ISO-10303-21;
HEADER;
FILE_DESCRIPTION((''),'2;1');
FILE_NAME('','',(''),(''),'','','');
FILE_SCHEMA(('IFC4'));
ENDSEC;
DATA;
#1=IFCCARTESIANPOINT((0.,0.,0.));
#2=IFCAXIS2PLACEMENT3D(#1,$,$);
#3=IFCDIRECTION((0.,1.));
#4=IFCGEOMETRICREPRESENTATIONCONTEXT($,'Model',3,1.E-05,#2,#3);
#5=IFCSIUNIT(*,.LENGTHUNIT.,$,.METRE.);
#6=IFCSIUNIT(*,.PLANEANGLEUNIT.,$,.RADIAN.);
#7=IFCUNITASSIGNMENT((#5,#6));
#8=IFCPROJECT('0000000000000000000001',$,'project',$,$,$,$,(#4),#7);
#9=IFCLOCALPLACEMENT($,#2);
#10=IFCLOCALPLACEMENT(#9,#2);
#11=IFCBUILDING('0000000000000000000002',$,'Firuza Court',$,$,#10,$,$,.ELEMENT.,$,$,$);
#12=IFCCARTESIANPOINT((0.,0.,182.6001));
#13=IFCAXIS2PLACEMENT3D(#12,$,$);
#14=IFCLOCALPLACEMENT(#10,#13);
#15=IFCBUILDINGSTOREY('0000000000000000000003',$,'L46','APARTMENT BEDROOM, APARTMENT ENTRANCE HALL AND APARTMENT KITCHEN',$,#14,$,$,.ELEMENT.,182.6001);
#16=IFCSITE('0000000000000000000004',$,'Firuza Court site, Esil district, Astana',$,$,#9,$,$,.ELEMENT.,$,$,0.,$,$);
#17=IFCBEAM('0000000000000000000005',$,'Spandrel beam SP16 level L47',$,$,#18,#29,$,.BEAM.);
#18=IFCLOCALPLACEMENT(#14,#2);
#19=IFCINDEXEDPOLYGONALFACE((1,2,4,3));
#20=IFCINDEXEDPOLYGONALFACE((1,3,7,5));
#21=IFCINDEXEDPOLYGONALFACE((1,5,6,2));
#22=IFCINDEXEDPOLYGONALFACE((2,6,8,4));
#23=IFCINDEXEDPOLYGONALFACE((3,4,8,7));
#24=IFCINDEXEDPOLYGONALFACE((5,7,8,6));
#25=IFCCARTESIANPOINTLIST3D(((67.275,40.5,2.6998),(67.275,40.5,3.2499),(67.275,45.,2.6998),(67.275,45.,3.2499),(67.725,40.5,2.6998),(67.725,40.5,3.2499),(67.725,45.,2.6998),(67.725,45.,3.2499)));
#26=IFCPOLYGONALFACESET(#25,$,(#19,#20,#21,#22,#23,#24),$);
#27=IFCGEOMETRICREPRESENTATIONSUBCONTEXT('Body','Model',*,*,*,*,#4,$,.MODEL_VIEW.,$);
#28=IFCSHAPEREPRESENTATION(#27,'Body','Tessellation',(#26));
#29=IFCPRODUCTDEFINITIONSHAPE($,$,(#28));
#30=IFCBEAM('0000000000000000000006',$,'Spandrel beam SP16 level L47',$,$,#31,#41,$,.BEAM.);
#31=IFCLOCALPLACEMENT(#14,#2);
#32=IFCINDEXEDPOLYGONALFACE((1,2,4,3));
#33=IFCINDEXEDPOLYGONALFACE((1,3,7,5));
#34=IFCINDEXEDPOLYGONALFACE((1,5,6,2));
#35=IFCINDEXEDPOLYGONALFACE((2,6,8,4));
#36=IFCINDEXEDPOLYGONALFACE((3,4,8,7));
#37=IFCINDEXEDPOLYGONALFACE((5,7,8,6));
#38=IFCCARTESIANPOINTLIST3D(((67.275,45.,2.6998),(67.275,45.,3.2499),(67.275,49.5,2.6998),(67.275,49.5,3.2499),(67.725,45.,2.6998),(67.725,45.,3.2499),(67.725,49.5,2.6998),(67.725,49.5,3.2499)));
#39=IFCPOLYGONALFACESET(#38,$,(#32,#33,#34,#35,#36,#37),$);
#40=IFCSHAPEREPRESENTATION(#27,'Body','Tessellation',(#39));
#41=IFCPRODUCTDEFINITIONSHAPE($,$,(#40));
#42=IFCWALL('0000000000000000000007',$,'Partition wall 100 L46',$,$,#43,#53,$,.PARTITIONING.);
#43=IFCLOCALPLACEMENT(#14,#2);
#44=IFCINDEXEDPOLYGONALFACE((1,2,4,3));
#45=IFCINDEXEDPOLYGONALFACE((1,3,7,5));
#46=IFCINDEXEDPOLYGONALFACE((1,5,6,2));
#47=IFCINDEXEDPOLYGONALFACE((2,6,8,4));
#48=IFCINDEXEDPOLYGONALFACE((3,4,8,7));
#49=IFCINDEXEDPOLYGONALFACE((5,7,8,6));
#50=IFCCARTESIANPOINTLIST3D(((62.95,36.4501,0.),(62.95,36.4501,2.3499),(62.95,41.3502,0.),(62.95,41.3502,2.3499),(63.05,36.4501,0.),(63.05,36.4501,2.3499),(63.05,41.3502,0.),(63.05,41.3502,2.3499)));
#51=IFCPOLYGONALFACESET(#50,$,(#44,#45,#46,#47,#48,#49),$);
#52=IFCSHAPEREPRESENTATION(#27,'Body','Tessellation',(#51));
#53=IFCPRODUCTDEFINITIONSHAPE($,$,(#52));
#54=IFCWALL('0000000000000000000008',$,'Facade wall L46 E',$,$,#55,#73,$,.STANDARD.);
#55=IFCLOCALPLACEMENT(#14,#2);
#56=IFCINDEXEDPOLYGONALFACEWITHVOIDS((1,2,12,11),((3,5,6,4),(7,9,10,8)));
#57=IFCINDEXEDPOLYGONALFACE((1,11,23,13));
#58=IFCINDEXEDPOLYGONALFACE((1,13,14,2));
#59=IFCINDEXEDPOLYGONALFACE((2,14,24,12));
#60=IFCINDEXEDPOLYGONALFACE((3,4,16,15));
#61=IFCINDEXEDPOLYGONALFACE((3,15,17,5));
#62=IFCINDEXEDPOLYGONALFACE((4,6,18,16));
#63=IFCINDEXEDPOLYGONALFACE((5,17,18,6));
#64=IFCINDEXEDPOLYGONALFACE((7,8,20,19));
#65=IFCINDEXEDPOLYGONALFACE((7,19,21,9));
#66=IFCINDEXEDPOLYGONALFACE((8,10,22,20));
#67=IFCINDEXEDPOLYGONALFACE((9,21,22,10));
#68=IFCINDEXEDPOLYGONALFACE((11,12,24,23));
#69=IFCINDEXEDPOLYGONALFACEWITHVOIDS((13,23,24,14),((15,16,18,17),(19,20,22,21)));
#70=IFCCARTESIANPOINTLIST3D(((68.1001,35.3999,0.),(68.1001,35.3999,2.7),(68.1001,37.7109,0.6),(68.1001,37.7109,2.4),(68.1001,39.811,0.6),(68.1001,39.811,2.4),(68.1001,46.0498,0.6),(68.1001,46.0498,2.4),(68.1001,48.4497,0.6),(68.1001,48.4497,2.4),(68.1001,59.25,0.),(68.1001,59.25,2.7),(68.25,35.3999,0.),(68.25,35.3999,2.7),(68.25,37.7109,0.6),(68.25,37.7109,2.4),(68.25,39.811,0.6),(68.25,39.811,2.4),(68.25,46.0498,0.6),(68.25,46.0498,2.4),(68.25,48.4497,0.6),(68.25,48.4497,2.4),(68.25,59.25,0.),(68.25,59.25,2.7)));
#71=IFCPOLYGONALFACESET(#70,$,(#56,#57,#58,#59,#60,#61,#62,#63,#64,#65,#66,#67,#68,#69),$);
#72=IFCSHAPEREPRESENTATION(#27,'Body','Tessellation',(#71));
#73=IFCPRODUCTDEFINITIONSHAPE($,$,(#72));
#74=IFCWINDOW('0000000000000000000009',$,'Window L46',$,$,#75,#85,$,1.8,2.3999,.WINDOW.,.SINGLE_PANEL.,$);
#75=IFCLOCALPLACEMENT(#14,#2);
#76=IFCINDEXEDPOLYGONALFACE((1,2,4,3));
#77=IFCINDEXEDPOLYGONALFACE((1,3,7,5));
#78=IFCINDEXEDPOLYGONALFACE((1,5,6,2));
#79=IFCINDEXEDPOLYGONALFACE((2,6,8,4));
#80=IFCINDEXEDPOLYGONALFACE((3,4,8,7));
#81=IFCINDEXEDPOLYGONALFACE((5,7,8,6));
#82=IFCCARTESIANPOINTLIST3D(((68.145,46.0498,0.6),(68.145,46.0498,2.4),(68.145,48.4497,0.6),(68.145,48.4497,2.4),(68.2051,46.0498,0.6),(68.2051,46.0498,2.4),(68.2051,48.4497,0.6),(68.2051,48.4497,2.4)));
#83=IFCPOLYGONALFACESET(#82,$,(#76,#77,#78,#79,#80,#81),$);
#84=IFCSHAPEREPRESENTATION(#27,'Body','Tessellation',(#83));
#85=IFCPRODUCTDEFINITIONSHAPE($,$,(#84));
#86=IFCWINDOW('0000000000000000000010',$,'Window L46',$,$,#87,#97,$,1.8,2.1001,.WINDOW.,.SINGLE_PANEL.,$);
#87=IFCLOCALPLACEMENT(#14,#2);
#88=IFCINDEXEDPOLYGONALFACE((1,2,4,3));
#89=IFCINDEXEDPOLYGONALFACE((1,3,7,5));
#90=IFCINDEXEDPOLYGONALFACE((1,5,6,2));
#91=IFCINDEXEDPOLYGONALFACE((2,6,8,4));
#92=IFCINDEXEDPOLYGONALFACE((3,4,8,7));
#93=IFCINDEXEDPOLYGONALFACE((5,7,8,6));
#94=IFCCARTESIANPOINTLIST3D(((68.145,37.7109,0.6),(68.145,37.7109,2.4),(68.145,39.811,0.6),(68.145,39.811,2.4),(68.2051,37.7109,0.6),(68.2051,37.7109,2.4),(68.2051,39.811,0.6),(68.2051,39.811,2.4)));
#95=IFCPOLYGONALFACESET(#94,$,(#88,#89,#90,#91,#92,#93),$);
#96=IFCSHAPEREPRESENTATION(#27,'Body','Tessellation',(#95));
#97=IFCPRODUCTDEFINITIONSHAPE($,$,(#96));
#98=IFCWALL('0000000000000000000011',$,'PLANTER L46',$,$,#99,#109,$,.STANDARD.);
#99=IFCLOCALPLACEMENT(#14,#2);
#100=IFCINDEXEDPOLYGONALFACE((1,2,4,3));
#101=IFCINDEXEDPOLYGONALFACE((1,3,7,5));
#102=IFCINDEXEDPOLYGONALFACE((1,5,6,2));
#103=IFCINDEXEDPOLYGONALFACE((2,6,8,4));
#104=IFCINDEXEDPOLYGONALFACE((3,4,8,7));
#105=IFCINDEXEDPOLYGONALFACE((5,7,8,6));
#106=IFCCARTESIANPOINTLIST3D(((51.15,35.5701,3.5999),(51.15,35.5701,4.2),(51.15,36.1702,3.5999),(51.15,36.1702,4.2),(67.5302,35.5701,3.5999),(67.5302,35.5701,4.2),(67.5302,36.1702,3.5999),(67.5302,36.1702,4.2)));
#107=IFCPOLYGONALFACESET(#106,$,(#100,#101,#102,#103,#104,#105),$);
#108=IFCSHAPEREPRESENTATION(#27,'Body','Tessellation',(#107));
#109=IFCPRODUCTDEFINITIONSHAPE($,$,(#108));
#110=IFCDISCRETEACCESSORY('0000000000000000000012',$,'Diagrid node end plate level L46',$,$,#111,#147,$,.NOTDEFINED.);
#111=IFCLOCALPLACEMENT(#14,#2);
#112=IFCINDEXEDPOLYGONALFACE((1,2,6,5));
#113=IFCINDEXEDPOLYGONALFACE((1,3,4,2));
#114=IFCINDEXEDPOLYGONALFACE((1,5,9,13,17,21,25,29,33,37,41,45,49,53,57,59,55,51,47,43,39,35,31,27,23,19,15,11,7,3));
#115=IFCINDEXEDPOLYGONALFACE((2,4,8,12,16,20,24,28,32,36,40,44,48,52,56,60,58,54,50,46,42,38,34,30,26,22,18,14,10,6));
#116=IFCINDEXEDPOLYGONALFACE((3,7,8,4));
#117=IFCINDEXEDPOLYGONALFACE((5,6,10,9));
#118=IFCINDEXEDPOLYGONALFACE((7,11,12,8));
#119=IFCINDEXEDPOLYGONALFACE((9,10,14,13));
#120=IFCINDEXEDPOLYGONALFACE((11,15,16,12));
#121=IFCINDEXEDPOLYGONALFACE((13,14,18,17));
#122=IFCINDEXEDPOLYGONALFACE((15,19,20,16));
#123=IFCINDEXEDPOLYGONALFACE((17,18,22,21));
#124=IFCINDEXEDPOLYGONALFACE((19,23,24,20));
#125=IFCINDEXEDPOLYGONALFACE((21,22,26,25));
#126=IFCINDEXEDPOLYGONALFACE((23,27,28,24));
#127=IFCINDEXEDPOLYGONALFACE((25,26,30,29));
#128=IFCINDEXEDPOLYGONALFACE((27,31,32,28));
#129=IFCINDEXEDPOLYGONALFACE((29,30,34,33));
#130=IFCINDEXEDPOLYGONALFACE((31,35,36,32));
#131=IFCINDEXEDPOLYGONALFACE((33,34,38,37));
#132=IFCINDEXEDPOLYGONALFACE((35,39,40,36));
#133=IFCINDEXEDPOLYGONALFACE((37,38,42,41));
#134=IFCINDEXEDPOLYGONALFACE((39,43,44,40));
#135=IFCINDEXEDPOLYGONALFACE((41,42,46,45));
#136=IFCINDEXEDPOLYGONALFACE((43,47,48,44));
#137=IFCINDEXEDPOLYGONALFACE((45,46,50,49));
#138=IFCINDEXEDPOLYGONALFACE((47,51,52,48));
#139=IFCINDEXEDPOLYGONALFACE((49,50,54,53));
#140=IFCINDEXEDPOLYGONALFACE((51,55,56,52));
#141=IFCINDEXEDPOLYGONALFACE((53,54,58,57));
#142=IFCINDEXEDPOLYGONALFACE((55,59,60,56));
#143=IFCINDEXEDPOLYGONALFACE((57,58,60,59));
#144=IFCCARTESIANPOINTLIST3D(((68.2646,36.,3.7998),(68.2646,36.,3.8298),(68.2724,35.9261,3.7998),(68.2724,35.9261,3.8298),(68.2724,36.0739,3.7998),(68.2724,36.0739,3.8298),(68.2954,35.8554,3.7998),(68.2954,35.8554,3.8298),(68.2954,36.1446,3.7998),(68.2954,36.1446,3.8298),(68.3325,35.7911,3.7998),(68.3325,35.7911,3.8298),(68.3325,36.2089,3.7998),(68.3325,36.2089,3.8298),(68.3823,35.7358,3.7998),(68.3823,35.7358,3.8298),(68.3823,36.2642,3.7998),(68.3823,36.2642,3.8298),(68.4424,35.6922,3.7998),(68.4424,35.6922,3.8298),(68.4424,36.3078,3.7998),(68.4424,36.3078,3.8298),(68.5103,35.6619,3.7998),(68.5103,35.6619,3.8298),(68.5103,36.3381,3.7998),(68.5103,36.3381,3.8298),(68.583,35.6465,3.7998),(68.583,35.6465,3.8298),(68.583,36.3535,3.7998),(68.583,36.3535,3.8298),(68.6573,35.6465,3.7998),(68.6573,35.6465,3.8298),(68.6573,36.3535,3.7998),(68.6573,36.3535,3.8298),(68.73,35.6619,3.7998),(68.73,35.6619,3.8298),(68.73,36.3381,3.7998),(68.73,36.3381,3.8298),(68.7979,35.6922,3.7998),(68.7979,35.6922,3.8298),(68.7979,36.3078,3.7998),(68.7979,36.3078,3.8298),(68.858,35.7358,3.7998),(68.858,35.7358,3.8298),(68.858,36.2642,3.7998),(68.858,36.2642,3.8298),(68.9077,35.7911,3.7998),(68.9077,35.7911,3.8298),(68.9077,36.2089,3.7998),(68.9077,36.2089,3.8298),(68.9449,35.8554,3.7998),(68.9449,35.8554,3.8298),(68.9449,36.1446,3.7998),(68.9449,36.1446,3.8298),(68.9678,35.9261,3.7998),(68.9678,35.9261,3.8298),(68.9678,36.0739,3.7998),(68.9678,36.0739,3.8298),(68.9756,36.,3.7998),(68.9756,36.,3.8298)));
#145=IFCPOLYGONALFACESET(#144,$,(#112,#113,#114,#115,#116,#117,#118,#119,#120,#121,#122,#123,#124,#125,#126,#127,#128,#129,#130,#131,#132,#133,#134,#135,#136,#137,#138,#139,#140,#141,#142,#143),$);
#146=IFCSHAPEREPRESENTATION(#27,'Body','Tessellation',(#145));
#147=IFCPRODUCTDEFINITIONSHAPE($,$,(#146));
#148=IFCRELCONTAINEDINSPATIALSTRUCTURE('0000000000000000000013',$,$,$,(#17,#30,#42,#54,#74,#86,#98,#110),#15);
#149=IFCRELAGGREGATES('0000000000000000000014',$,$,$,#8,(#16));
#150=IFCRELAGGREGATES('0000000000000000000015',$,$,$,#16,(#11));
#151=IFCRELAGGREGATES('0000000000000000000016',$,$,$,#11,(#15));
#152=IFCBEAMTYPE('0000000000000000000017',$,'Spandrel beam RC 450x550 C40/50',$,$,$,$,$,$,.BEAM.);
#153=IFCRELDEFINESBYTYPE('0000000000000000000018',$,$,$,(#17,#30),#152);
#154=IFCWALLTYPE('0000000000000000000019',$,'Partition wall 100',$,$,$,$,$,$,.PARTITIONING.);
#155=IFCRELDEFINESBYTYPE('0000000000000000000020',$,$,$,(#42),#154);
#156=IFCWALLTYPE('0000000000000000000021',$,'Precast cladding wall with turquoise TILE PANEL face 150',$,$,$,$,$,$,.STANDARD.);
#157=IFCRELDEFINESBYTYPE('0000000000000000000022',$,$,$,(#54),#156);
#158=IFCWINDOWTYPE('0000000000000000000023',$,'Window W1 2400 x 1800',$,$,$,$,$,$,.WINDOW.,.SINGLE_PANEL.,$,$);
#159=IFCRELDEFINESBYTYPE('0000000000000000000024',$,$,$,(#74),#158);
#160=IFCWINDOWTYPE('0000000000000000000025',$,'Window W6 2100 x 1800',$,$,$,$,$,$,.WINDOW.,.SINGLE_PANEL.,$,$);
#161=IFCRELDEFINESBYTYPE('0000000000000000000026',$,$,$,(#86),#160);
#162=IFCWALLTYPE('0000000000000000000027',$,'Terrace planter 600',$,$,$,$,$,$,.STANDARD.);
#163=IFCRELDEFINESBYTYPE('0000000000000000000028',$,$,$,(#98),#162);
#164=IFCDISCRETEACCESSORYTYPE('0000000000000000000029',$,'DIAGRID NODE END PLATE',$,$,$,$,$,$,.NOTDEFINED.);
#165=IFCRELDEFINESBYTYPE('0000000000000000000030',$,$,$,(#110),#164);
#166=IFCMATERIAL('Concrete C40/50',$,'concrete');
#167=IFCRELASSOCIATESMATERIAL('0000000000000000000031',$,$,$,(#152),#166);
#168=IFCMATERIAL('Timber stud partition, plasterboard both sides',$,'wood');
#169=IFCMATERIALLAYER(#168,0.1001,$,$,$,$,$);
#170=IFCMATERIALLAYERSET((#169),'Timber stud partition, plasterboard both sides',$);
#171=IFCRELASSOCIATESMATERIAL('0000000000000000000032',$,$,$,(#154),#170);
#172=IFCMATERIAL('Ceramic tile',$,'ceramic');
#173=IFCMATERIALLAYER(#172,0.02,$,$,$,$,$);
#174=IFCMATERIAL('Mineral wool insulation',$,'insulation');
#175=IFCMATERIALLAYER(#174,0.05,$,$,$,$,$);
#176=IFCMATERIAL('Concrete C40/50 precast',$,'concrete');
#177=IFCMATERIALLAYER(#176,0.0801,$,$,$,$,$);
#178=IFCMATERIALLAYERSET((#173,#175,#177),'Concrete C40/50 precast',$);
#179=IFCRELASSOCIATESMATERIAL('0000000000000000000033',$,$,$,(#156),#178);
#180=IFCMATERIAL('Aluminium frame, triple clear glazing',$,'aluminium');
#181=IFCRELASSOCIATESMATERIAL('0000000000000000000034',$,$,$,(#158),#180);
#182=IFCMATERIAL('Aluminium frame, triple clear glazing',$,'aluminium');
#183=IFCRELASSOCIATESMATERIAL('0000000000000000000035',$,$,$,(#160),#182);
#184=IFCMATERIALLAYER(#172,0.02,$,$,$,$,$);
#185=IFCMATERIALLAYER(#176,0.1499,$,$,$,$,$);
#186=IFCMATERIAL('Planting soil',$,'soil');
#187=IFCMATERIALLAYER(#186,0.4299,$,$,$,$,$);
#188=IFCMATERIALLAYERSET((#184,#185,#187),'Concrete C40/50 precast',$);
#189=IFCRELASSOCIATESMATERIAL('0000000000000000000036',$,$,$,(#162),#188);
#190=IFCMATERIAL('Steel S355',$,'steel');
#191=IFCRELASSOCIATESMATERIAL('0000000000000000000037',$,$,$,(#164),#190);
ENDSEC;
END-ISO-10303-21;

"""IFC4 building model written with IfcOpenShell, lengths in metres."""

from ifc_helpers import new_model, si_unit, direction, frame, frame_2d, origin, origin_2d, place, context, subcontext, project, spatial, rectangle, circle, extrude, material, layer, layer_set, material_profile, profile_set, type_object, element, fill, save


model = new_model("IFC4")

# Units and contexts
model_context = context("Model", 3, precision=1e-05, world=origin(), true_north=direction((0.0, 1.0)))
body_context = subcontext(model_context, "Body", "Model", "MODEL_VIEW")
ifc_project = project(units=[si_unit("LENGTHUNIT", "METRE"), si_unit("PLANEANGLEUNIT", "RADIAN")], contexts=[model_context])

# Site, building, storey
site_placement = place(None, origin())
site = spatial("IfcSite", under=ifc_project, at=site_placement, Name="Firuza Court site, Esil district, Astana", CompositionType="ELEMENT", RefElevation=0.0)
building_placement = place(site_placement, origin())
building = spatial("IfcBuilding", under=site, at=building_placement, Name="Firuza Court", CompositionType="ELEMENT")
storey_placement = place(building_placement, frame((0.0, 0.0, 182.6001)))
storey = spatial("IfcBuildingStorey", under=building, at=storey_placement, Name="L46", Description="APARTMENT BEDROOM, APARTMENT ENTRANCE HALL AND APARTMENT KITCHEN", CompositionType="ELEMENT", Elevation=182.6001)

# Beams
ifc_material_1 = material(Name="Concrete C40/50", Category="concrete")
ifc_material_profile_1 = material_profile(ifc_material_1, rectangle(XDim=0.45, YDim=0.55, at=origin_2d()), Name="RC 450x550")
ifc_profile_set_1 = profile_set([ifc_material_profile_1], Name="Concrete C40/50")
beam_type_1 = type_object("IfcBeamType", Name="Spandrel beam RC 450x550 C40/50", PredefinedType="BEAM", material=ifc_profile_set_1)
for number, where, z_axis, x_axis, name in (
    (1, (67.5, 40.5, 2.9749), (0.0, 1.0, 0.0), (-1.0, 0.0, 0.0), "Spandrel beam SP16 level L47"),
    (2, (67.5, 45.0, 2.9749), (0.0, 1.0, 0.0), (-1.0, 0.0, 0.0), "Spandrel beam SP16 level L47"),
):
    element("IfcBeam", number, at=place(storey_placement, frame(where, z_axis=z_axis, x_axis=x_axis)), inside=storey, type_object=beam_type_1, Name=name, PredefinedType="BEAM", context=body_context, shape_type="SweptSolid", body=[
        extrude(rectangle(XDim=0.45, YDim=0.55, at=origin_2d()), origin(), (0.0, 0.0, 1.0), 4.5),
    ])

# Wall
ifc_material_2 = material(Name="Timber stud partition, plasterboard both sides", Category="wood")
ifc_layer_1 = layer(ifc_material_2, 0.1001)
ifc_layer_set_1 = layer_set([ifc_layer_1], Name="Timber stud partition, plasterboard both sides")
wall_type_1 = type_object("IfcWallType", Name="Partition wall 100", PredefinedType="PARTITIONING", material=ifc_layer_set_1)
wall_1_placement = place(storey_placement, frame((63.0, 36.45, 0.0), z_axis=(0.0, 0.0, 1.0), x_axis=(0.0, 1.0, 0.0)))
element("IfcWall", 3, at=wall_1_placement, inside=storey, type_object=wall_type_1, Name="Partition wall 100 L46", PredefinedType="PARTITIONING", context=body_context, shape_type="SweptSolid", body=[
    extrude(rectangle(XDim=4.9001, YDim=0.1001, at=frame_2d((2.4502, 0.0))), origin(), (0.0, 0.0, 1.0), 2.3499),
])

# Wall, openings, windows
ifc_material_3 = material(Name="Ceramic tile", Category="ceramic")
ifc_layer_2 = layer(ifc_material_3, 0.02)
ifc_material_4 = material(Name="Mineral wool insulation", Category="insulation")
ifc_layer_3 = layer(ifc_material_4, 0.05)
ifc_material_5 = material(Name="Concrete C40/50 precast", Category="concrete")
ifc_layer_4 = layer(ifc_material_5, 0.0801)
ifc_layer_set_2 = layer_set([ifc_layer_2, ifc_layer_3, ifc_layer_4], Name="Concrete C40/50 precast")
wall_type_2 = type_object("IfcWallType", Name="Precast cladding wall with turquoise TILE PANEL face 150", PredefinedType="STANDARD", material=ifc_layer_set_2)
wall_2_placement = place(storey_placement, frame((68.175, 35.3999, 0.0), z_axis=(0.0, 0.0, 1.0), x_axis=(0.0, 1.0, 0.0)))
wall_2 = element("IfcWall", 4, at=wall_2_placement, inside=storey, type_object=wall_type_2, Name="Facade wall L46 E", PredefinedType="STANDARD", context=body_context, shape_type="SweptSolid", body=[
    extrude(rectangle(XDim=23.8501, YDim=0.1499, at=frame_2d((11.925, 0.0))), origin(), (0.0, 0.0, 1.0), 2.7),
])
opening_1_placement = place(wall_2_placement, frame((2.311, 0.0, 0.6001)))
opening_1 = element("IfcOpeningElement", 5, at=opening_1_placement, cuts=wall_2, PredefinedType="OPENING", context=body_context, shape_type="SweptSolid", body=[
    extrude(rectangle(XDim=2.1001, YDim=1.8, at=frame_2d((1.05, 0.8999))), frame((0.0, 0.0869, 0.0), z_axis=(0.0, -1.0, 0.0), x_axis=(1.0, 0.0, 0.0)), (0.0, 0.0, 1.0), 0.1738),
])
opening_2_placement = place(wall_2_placement, frame((10.6499, 0.0, 0.6001)))
opening_2 = element("IfcOpeningElement", 6, at=opening_2_placement, cuts=wall_2, PredefinedType="OPENING", context=body_context, shape_type="SweptSolid", body=[
    extrude(rectangle(XDim=2.3999, YDim=1.8, at=frame_2d((1.2, 0.8999))), frame((0.0, 0.0869, 0.0), z_axis=(0.0, -1.0, 0.0), x_axis=(1.0, 0.0, 0.0)), (0.0, 0.0, 1.0), 0.1738),
])
ifc_material_6 = material(Name="Aluminium frame, triple clear glazing", Category="aluminium")
window_type_1 = type_object("IfcWindowType", Name="Window W1 2400 x 1800", PartitioningType="SINGLE_PANEL", PredefinedType="WINDOW", material=ifc_material_6)
window_1_placement = place(opening_2_placement, origin())
window_1 = element("IfcWindow", 7, at=window_1_placement, inside=storey, type_object=window_type_1, Name="Window L46", OverallHeight=1.8, OverallWidth=2.3999, PartitioningType="SINGLE_PANEL", PredefinedType="WINDOW", context=body_context, shape_type="SweptSolid", body=[
    extrude(rectangle(XDim=2.3999, YDim=1.8, at=frame_2d((1.2, 0.8999))), frame((0.0, 0.03, 0.0), z_axis=(0.0, -1.0, 0.0), x_axis=(1.0, 0.0, 0.0)), (0.0, 0.0, 1.0), 0.0601),
])
fill(opening_2, window_1)
ifc_material_7 = material(Name="Aluminium frame, triple clear glazing", Category="aluminium")
window_type_2 = type_object("IfcWindowType", Name="Window W6 2100 x 1800", PartitioningType="SINGLE_PANEL", PredefinedType="WINDOW", material=ifc_material_7)
window_2_placement = place(opening_1_placement, origin())
window_2 = element("IfcWindow", 8, at=window_2_placement, inside=storey, type_object=window_type_2, Name="Window L46", OverallHeight=1.8, OverallWidth=2.1001, PartitioningType="SINGLE_PANEL", PredefinedType="WINDOW", context=body_context, shape_type="SweptSolid", body=[
    extrude(rectangle(XDim=2.1001, YDim=1.8, at=frame_2d((1.05, 0.8999))), frame((0.0, 0.03, 0.0), z_axis=(0.0, -1.0, 0.0), x_axis=(1.0, 0.0, 0.0)), (0.0, 0.0, 1.0), 0.0601),
])
fill(opening_1, window_2)

# Wall
ifc_layer_5 = layer(ifc_material_3, 0.02)
ifc_layer_6 = layer(ifc_material_5, 0.1499)
ifc_material_8 = material(Name="Planting soil", Category="soil")
ifc_layer_7 = layer(ifc_material_8, 0.4299)
ifc_layer_set_3 = layer_set([ifc_layer_5, ifc_layer_6, ifc_layer_7], Name="Concrete C40/50 precast")
wall_type_3 = type_object("IfcWallType", Name="Terrace planter 600", PredefinedType="STANDARD", material=ifc_layer_set_3)
wall_3_placement = place(storey_placement, frame((67.53, 35.8701, 3.5999), z_axis=(0.0, 0.0, 1.0), x_axis=(-1.0, 0.0, 0.0)))
element("IfcWall", 9, at=wall_3_placement, inside=storey, type_object=wall_type_3, Name="PLANTER L46", PredefinedType="STANDARD", context=body_context, shape_type="SweptSolid", body=[
    extrude(rectangle(XDim=16.3801, YDim=0.6001, at=frame_2d((8.1899, 0.0))), origin(), (0.0, 0.0, 1.0), 0.6001),
])

# Discrete accessory
ifc_material_9 = material(Name="Steel S355", Category="steel")
ifc_material_profile_2 = material_profile(ifc_material_9, circle(Radius=0.3555, at=origin_2d()), Name="PL D711")
ifc_profile_set_2 = profile_set([ifc_material_profile_2], Name="Steel S355")
discrete_accessory_type = type_object("IfcDiscreteAccessoryType", Name="DIAGRID NODE END PLATE", PredefinedType="NOTDEFINED", material=ifc_profile_set_2)
for number, where, z_axis, x_axis, name in (
    (10, (68.6201, 36.0, 3.7998), (0.0, 0.0, 1.0), (1.0, 0.0, 0.0), "Diagrid node end plate level L46"),
):
    element("IfcDiscreteAccessory", number, at=place(storey_placement, frame(where, z_axis=z_axis, x_axis=x_axis)), inside=storey, type_object=discrete_accessory_type, Name=name, PredefinedType="NOTDEFINED", context=body_context, shape_type="SweptSolid", body=[
        extrude(circle(Radius=0.3555, at=origin_2d()), origin(), (0.0, 0.0, 1.0), 0.03),
    ])

save(model, "model.ifc")
